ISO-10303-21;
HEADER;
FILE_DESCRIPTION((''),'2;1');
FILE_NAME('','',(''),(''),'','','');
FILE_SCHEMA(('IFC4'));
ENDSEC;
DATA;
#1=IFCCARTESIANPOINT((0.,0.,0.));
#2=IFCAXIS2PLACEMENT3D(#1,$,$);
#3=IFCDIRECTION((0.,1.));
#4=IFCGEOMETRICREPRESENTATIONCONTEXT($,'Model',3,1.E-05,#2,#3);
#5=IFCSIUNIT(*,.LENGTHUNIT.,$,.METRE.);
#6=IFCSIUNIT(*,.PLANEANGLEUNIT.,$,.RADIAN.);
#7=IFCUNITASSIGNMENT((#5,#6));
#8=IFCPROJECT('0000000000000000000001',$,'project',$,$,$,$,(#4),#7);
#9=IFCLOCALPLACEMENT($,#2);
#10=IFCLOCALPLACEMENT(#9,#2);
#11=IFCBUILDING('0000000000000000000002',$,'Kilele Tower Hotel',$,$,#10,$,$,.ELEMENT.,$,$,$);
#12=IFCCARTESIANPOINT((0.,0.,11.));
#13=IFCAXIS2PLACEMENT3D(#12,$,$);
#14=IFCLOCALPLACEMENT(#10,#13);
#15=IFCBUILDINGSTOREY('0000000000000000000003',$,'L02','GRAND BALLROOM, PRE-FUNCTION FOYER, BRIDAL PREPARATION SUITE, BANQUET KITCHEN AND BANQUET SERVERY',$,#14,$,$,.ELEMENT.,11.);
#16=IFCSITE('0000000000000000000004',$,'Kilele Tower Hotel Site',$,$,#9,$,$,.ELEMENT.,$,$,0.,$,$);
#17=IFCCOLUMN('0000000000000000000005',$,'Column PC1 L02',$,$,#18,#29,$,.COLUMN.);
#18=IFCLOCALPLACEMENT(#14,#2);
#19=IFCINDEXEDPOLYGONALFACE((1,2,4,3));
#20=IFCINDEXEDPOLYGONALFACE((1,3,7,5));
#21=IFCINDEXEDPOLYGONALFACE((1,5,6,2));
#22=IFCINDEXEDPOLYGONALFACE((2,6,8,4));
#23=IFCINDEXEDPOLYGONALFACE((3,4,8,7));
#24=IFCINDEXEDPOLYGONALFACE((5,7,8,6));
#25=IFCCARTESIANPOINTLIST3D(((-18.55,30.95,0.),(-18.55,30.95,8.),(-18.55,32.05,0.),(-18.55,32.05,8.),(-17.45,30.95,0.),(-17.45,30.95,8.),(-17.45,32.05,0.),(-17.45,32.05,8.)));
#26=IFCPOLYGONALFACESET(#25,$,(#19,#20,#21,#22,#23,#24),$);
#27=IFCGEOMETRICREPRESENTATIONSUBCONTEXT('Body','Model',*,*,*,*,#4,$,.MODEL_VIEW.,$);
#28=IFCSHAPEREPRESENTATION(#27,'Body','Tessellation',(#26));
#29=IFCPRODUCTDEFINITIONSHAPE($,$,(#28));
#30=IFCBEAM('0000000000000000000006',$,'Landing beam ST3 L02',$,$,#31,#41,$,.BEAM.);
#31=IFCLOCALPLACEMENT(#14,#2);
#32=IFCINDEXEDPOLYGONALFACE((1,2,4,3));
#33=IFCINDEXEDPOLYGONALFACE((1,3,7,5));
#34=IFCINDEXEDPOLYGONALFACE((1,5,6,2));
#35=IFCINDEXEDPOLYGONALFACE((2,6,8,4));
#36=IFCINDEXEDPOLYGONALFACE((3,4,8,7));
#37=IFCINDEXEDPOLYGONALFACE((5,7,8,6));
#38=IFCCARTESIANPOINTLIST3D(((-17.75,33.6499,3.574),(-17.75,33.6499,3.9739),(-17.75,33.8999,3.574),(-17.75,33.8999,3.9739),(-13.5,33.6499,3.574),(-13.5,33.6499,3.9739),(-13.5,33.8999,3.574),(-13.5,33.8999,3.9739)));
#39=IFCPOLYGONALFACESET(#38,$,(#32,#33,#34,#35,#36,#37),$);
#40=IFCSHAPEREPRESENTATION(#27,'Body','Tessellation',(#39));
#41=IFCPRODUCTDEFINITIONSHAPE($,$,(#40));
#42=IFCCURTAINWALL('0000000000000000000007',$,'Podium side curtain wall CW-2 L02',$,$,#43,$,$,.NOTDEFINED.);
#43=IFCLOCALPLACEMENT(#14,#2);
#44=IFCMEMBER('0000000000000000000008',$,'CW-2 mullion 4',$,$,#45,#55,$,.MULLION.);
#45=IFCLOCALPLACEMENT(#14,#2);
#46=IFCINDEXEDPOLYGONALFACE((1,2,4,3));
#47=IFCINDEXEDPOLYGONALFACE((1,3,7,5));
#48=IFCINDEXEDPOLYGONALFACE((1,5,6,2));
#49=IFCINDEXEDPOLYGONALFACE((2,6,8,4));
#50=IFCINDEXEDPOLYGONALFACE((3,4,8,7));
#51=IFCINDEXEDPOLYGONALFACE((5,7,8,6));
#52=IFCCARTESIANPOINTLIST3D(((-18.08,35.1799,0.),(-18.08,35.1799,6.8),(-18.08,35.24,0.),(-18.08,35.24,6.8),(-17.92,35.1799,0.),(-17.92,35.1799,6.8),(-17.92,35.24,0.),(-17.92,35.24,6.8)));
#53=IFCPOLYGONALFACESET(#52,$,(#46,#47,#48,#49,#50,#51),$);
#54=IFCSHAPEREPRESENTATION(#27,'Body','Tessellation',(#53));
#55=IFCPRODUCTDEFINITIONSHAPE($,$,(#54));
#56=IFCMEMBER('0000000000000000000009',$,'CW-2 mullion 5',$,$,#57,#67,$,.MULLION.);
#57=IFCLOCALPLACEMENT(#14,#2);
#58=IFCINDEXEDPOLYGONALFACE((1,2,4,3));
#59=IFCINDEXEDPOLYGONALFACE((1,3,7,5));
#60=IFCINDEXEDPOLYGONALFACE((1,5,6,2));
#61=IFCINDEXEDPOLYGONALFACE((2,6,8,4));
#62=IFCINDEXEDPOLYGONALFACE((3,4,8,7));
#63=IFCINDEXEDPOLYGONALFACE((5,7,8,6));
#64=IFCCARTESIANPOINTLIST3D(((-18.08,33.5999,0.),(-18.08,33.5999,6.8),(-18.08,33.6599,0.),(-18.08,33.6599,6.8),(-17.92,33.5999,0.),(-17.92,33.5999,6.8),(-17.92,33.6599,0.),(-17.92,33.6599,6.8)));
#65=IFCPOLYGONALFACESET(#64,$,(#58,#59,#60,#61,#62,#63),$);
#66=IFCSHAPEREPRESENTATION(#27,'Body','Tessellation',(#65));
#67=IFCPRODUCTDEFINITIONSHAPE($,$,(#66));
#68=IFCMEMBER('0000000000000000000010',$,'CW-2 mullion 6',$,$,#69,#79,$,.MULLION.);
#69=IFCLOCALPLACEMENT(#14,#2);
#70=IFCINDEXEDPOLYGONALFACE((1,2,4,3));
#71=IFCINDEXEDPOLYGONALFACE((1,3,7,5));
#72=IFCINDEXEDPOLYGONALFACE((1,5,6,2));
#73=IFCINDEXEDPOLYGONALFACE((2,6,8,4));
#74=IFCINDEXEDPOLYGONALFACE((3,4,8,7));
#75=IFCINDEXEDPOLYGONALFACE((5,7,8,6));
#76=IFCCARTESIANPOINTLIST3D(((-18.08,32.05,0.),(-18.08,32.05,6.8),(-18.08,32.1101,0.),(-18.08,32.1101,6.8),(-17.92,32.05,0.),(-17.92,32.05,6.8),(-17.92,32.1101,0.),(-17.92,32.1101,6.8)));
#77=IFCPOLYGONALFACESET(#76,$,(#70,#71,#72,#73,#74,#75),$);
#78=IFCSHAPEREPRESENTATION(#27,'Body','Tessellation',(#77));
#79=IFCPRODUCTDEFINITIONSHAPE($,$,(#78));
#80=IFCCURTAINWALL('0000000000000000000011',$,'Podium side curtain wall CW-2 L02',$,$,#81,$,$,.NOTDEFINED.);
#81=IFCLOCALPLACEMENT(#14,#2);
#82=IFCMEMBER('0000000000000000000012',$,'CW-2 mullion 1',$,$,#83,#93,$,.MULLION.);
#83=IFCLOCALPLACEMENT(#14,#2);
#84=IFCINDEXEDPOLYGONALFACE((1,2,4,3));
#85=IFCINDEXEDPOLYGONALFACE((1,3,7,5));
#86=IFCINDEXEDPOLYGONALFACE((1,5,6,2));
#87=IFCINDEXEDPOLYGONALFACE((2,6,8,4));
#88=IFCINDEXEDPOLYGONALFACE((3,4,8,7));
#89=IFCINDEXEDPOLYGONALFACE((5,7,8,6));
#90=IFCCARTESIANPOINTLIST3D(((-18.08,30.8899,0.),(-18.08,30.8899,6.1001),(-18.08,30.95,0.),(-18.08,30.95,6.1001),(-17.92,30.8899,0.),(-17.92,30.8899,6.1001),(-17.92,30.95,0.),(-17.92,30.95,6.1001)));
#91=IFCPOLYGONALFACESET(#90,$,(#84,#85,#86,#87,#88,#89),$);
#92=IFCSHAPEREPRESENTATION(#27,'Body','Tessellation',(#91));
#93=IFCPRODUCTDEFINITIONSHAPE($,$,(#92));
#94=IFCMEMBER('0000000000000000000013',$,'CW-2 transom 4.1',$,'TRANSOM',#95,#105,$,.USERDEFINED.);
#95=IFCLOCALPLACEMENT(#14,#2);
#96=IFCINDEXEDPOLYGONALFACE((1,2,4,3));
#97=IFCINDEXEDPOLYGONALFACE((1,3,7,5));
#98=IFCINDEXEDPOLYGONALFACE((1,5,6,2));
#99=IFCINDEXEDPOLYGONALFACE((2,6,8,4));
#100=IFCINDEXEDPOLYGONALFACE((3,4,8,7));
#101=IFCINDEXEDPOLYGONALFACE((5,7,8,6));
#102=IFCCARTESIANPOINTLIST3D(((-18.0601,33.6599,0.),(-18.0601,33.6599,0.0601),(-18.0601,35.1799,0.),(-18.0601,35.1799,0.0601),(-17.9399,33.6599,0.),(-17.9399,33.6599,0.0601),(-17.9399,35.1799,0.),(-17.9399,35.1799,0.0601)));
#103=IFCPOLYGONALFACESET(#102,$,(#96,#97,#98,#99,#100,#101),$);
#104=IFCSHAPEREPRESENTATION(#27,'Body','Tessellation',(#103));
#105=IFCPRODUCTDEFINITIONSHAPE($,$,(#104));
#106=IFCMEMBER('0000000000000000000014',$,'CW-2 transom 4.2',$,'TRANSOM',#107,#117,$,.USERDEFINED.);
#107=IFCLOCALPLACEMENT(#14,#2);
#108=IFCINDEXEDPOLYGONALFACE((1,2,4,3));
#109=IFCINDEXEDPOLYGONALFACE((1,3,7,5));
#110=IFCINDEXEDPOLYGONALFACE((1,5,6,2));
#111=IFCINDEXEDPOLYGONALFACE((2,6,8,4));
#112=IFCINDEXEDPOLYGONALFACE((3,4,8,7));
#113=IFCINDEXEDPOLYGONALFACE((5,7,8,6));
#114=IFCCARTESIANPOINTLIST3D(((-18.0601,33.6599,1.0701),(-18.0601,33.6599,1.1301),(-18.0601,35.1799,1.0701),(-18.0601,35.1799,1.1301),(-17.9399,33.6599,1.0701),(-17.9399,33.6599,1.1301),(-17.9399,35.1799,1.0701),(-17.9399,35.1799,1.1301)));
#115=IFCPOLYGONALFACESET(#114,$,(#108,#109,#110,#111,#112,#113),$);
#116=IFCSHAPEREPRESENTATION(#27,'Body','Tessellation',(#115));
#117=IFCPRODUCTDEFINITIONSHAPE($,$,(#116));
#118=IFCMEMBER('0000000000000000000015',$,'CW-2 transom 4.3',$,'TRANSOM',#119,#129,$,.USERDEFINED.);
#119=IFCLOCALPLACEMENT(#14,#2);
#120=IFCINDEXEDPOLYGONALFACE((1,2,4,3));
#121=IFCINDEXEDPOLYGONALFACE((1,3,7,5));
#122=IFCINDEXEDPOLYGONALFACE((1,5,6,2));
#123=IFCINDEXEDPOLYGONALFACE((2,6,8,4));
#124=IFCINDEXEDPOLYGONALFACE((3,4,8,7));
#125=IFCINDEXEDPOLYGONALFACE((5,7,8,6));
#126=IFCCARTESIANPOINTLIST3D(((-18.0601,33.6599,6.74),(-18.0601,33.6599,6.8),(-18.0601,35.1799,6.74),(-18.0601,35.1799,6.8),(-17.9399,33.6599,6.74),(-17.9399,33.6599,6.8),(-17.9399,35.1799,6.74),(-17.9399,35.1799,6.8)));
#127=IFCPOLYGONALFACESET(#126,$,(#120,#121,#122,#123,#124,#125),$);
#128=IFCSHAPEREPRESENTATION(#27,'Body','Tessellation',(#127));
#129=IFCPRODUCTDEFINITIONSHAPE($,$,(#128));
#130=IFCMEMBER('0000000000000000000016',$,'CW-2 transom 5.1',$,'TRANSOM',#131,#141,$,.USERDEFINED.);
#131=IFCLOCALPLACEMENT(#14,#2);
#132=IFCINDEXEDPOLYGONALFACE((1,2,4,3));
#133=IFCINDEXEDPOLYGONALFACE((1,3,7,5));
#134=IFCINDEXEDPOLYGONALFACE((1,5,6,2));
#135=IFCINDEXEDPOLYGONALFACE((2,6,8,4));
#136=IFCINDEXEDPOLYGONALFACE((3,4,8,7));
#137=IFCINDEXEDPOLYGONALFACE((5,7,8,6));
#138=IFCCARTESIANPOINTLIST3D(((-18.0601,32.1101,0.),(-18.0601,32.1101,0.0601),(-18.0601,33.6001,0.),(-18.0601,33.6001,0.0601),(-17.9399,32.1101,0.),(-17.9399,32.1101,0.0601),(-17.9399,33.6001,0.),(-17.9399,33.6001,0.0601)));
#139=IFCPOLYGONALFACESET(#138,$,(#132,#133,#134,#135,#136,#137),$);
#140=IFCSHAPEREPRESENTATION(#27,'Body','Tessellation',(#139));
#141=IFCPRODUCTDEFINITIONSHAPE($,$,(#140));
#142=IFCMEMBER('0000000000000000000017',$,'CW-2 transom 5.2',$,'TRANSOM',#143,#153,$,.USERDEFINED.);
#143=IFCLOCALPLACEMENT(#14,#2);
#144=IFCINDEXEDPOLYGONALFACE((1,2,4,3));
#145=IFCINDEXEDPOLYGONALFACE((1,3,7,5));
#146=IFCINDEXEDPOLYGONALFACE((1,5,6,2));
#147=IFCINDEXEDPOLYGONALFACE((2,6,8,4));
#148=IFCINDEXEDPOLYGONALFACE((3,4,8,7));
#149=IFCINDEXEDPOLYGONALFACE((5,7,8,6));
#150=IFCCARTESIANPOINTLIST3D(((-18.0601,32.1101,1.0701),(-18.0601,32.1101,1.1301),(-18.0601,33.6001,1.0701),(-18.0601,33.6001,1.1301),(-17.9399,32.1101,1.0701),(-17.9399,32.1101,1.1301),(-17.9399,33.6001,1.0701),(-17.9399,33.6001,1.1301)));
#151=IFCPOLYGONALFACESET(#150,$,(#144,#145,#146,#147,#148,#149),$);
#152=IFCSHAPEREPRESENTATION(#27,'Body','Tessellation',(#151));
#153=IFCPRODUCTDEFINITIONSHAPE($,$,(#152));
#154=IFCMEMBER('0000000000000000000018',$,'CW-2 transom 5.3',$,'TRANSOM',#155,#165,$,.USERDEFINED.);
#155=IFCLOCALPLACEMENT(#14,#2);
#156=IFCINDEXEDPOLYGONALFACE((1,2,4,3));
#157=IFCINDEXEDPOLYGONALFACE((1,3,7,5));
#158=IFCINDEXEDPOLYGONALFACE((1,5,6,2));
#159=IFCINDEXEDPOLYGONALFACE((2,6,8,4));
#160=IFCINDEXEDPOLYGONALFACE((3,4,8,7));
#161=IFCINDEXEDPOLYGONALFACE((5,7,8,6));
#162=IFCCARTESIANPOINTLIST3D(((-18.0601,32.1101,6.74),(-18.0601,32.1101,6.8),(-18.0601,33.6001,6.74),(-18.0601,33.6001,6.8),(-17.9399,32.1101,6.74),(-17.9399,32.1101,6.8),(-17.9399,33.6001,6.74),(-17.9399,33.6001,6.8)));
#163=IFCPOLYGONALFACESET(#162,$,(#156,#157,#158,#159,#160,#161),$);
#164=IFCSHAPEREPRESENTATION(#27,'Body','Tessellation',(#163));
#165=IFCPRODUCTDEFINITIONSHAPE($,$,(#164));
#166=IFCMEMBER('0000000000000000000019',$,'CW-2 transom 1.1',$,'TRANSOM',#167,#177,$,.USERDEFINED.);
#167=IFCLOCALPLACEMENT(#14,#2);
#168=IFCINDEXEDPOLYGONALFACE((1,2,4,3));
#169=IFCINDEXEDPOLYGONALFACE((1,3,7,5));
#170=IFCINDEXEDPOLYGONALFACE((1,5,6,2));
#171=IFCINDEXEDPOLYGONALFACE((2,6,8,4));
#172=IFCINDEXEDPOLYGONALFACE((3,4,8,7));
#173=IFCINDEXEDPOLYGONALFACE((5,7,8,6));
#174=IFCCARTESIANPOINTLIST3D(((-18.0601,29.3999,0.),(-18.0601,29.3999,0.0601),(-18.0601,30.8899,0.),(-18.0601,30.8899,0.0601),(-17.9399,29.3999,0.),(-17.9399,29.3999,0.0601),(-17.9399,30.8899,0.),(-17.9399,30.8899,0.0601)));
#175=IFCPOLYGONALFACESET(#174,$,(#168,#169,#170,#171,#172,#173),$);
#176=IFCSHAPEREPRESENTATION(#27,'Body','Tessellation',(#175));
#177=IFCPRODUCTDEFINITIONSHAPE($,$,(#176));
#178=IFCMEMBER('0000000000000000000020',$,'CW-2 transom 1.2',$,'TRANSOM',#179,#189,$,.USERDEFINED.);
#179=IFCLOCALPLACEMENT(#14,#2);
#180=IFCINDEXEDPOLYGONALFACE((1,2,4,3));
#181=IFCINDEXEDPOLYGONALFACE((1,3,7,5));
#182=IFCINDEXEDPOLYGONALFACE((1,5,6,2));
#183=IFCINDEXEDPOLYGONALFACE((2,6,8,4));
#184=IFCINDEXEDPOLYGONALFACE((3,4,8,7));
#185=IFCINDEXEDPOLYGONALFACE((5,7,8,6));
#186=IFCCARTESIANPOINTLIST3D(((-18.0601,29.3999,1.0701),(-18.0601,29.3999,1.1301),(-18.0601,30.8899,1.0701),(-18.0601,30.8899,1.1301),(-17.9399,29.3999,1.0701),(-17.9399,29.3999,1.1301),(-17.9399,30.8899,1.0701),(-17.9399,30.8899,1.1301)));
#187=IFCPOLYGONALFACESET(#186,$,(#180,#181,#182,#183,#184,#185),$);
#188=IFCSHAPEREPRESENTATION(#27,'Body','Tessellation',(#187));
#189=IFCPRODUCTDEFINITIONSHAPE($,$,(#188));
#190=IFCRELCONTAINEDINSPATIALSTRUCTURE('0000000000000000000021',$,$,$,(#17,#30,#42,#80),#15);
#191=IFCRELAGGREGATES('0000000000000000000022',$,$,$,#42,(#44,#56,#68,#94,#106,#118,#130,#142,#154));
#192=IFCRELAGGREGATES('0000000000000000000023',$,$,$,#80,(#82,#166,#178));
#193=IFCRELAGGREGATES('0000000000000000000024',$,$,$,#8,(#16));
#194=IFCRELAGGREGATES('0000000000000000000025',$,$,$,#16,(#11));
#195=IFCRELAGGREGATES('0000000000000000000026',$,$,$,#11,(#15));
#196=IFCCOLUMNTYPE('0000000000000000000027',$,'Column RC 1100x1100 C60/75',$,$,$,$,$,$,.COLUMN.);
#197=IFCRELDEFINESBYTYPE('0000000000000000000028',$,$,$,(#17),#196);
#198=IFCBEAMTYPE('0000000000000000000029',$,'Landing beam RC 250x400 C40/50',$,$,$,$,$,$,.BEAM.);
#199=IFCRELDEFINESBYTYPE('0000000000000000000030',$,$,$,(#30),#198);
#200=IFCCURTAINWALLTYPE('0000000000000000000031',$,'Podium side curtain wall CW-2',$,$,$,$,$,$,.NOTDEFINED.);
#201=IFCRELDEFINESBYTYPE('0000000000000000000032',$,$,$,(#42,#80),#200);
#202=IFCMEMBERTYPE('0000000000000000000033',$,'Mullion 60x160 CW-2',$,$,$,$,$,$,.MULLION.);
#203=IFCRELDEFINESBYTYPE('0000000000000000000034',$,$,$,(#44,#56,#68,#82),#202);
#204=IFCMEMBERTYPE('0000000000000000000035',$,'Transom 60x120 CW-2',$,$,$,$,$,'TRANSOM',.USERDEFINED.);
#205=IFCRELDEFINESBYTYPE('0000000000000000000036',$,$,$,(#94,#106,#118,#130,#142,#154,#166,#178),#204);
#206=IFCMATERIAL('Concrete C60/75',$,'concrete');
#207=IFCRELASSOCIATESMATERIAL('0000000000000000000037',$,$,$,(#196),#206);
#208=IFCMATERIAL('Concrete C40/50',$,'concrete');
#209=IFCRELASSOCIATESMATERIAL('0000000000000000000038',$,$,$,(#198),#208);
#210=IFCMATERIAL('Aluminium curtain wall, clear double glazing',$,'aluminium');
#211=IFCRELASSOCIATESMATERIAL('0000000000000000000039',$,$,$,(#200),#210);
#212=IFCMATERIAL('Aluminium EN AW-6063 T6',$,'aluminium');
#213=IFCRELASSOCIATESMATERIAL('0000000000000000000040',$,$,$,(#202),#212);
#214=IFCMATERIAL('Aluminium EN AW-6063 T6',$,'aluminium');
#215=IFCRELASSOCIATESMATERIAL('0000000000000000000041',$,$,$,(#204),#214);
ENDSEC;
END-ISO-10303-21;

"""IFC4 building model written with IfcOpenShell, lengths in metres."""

from ifc_helpers import new_model, si_unit, direction, frame, origin, origin_2d, place, context, subcontext, project, spatial, rectangle, extrude, material, material_profile, profile_set, type_object, element, aggregate, save


model = new_model("IFC4")

# Units and contexts
model_context = context("Model", 3, precision=1e-05, world=origin(), true_north=direction((0.0, 1.0)))
body_context = subcontext(model_context, "Body", "Model", "MODEL_VIEW")
ifc_project = project(units=[si_unit("LENGTHUNIT", "METRE"), si_unit("PLANEANGLEUNIT", "RADIAN")], contexts=[model_context])

# Site, building, storey
site_placement = place(None, origin())
site = spatial("IfcSite", under=ifc_project, at=site_placement, Name="Kilele Tower Hotel Site", CompositionType="ELEMENT", RefElevation=0.0)
building_placement = place(site_placement, origin())
building = spatial("IfcBuilding", under=site, at=building_placement, Name="Kilele Tower Hotel", CompositionType="ELEMENT")
storey_placement = place(building_placement, frame((0.0, 0.0, 11.0)))
storey = spatial("IfcBuildingStorey", under=building, at=storey_placement, Name="L02", Description="GRAND BALLROOM, PRE-FUNCTION FOYER, BRIDAL PREPARATION SUITE, BANQUET KITCHEN AND BANQUET SERVERY", CompositionType="ELEMENT", Elevation=11.0)

# Column
ifc_material_1 = material(Name="Concrete C60/75", Category="concrete")
ifc_material_profile_1 = material_profile(ifc_material_1, rectangle(XDim=1.1001, YDim=1.1001, at=origin_2d()))
ifc_profile_set_1 = profile_set([ifc_material_profile_1], Name="Concrete C60/75")
column_type = type_object("IfcColumnType", Name="Column RC 1100x1100 C60/75", PredefinedType="COLUMN", material=ifc_profile_set_1)
column_placement = place(storey_placement, frame((-18.0, 31.5, 0.0), z_axis=(0.0, 0.0, 1.0), x_axis=(1.0, 0.0, 0.0)))
element("IfcColumn", 1, at=column_placement, inside=storey, type_object=column_type, Name="Column PC1 L02", PredefinedType="COLUMN", context=body_context, shape_type="SweptSolid", body=[
    extrude(rectangle(XDim=1.1001, YDim=1.1001, at=origin_2d()), origin(), (0.0, 0.0, 1.0), 8.0),
])

# Beam
ifc_material_2 = material(Name="Concrete C40/50", Category="concrete")
ifc_material_profile_2 = material_profile(ifc_material_2, rectangle(XDim=0.25, YDim=0.3999, at=origin_2d()))
ifc_profile_set_2 = profile_set([ifc_material_profile_2], Name="Concrete C40/50")
beam_type = type_object("IfcBeamType", Name="Landing beam RC 250x400 C40/50", PredefinedType="BEAM", material=ifc_profile_set_2)
beam_placement = place(storey_placement, frame((-17.75, 33.7749, 3.7739), z_axis=(1.0, 0.0, 0.0), x_axis=(0.0, 1.0, 0.0)))
element("IfcBeam", 2, at=beam_placement, inside=storey, type_object=beam_type, Name="Landing beam ST3 L02", PredefinedType="BEAM", context=body_context, shape_type="SweptSolid", body=[
    extrude(rectangle(XDim=0.25, YDim=0.3999, at=origin_2d()), origin(), (0.0, 0.0, 1.0), 4.25),
])

# Curtain wall, members
ifc_material_3 = material(Name="Aluminium curtain wall, clear double glazing", Category="aluminium")
curtain_wall_type = type_object("IfcCurtainWallType", Name="Podium side curtain wall CW-2", PredefinedType="NOTDEFINED", material=ifc_material_3)
curtain_wall_1_placement = place(storey_placement, origin())
curtain_wall_1 = element("IfcCurtainWall", 3, at=curtain_wall_1_placement, inside=storey, type_object=curtain_wall_type, Name="Podium side curtain wall CW-2 L02", PredefinedType="NOTDEFINED")
ifc_material_4 = material(Name="Aluminium EN AW-6063 T6", Category="aluminium")
ifc_material_profile_3 = material_profile(ifc_material_4, rectangle(XDim=0.1599, YDim=0.0601, at=origin_2d()))
ifc_profile_set_3 = profile_set([ifc_material_profile_3], Name="Aluminium EN AW-6063 T6")
member_type_1 = type_object("IfcMemberType", Name="Mullion 60x160 CW-2", PredefinedType="MULLION", material=ifc_profile_set_3)
member_1_placement = place(storey_placement, frame((-18.0, 35.21, 0.0), z_axis=(0.0, 0.0, 1.0), x_axis=(1.0, 0.0, 0.0)))
member_1 = element("IfcMember", 4, at=member_1_placement, type_object=member_type_1, Name="CW-2 mullion 4", PredefinedType="MULLION", context=body_context, shape_type="SweptSolid", body=[
    extrude(rectangle(XDim=0.1599, YDim=0.0601, at=origin_2d()), origin(), (0.0, 0.0, 1.0), 6.8),
])
member_2_placement = place(storey_placement, frame((-18.0, 33.6299, 0.0), z_axis=(0.0, 0.0, 1.0), x_axis=(1.0, 0.0, 0.0)))
member_2 = element("IfcMember", 5, at=member_2_placement, type_object=member_type_1, Name="CW-2 mullion 5", PredefinedType="MULLION", context=body_context, shape_type="SweptSolid", body=[
    extrude(rectangle(XDim=0.1599, YDim=0.0601, at=origin_2d()), origin(), (0.0, 0.0, 1.0), 6.8),
])
member_3_placement = place(storey_placement, frame((-18.0, 32.0801, 0.0), z_axis=(0.0, 0.0, 1.0), x_axis=(1.0, 0.0, 0.0)))
member_3 = element("IfcMember", 6, at=member_3_placement, type_object=member_type_1, Name="CW-2 mullion 6", PredefinedType="MULLION", context=body_context, shape_type="SweptSolid", body=[
    extrude(rectangle(XDim=0.1599, YDim=0.0601, at=origin_2d()), origin(), (0.0, 0.0, 1.0), 6.8),
])

# Curtain wall, member
curtain_wall_2_placement = place(storey_placement, origin())
curtain_wall_2 = element("IfcCurtainWall", 7, at=curtain_wall_2_placement, inside=storey, type_object=curtain_wall_type, Name="Podium side curtain wall CW-2 L02", PredefinedType="NOTDEFINED")
member_4_placement = place(storey_placement, frame((-18.0, 30.9199, 0.0), z_axis=(0.0, 0.0, 1.0), x_axis=(1.0, 0.0, 0.0)))
member_4 = element("IfcMember", 8, at=member_4_placement, type_object=member_type_1, Name="CW-2 mullion 1", PredefinedType="MULLION", context=body_context, shape_type="SweptSolid", body=[
    extrude(rectangle(XDim=0.1599, YDim=0.0601, at=origin_2d()), origin(), (0.0, 0.0, 1.0), 6.1001),
])

# Members
ifc_material_5 = material(Name="Aluminium EN AW-6063 T6", Category="aluminium")
ifc_material_profile_4 = material_profile(ifc_material_5, rectangle(XDim=0.1201, YDim=0.0601, at=origin_2d()))
ifc_profile_set_4 = profile_set([ifc_material_profile_4], Name="Aluminium EN AW-6063 T6")
member_type_2 = type_object("IfcMemberType", Name="Transom 60x120 CW-2", ElementType="TRANSOM", PredefinedType="USERDEFINED", material=ifc_profile_set_4)
member_5_placement = place(storey_placement, frame((-18.0, 35.1799, 0.03), z_axis=(0.0, -1.0, 0.0), x_axis=(1.0, 0.0, 0.0)))
member_5 = element("IfcMember", 9, at=member_5_placement, type_object=member_type_2, Name="CW-2 transom 4.1", ObjectType="TRANSOM", PredefinedType="USERDEFINED", context=body_context, shape_type="SweptSolid", body=[
    extrude(rectangle(XDim=0.1201, YDim=0.0601, at=origin_2d()), origin(), (0.0, 0.0, 1.0), 1.52),
])
member_6_placement = place(storey_placement, frame((-18.0, 35.1799, 1.1001), z_axis=(0.0, -1.0, 0.0), x_axis=(1.0, 0.0, 0.0)))
member_6 = element("IfcMember", 10, at=member_6_placement, type_object=member_type_2, Name="CW-2 transom 4.2", ObjectType="TRANSOM", PredefinedType="USERDEFINED", context=body_context, shape_type="SweptSolid", body=[
    extrude(rectangle(XDim=0.1201, YDim=0.0601, at=origin_2d()), origin(), (0.0, 0.0, 1.0), 1.52),
])
member_7_placement = place(storey_placement, frame((-18.0, 35.1799, 6.77), z_axis=(0.0, -1.0, 0.0), x_axis=(1.0, 0.0, 0.0)))
member_7 = element("IfcMember", 11, at=member_7_placement, type_object=member_type_2, Name="CW-2 transom 4.3", ObjectType="TRANSOM", PredefinedType="USERDEFINED", context=body_context, shape_type="SweptSolid", body=[
    extrude(rectangle(XDim=0.1201, YDim=0.0601, at=origin_2d()), origin(), (0.0, 0.0, 1.0), 1.52),
])
member_8_placement = place(storey_placement, frame((-18.0, 33.6001, 0.03), z_axis=(0.0, -1.0, 0.0), x_axis=(1.0, 0.0, 0.0)))
member_8 = element("IfcMember", 12, at=member_8_placement, type_object=member_type_2, Name="CW-2 transom 5.1", ObjectType="TRANSOM", PredefinedType="USERDEFINED", context=body_context, shape_type="SweptSolid", body=[
    extrude(rectangle(XDim=0.1201, YDim=0.0601, at=origin_2d()), origin(), (0.0, 0.0, 1.0), 1.49),
])
member_9_placement = place(storey_placement, frame((-18.0, 33.6001, 1.1001), z_axis=(0.0, -1.0, 0.0), x_axis=(1.0, 0.0, 0.0)))
member_9 = element("IfcMember", 13, at=member_9_placement, type_object=member_type_2, Name="CW-2 transom 5.2", ObjectType="TRANSOM", PredefinedType="USERDEFINED", context=body_context, shape_type="SweptSolid", body=[
    extrude(rectangle(XDim=0.1201, YDim=0.0601, at=origin_2d()), origin(), (0.0, 0.0, 1.0), 1.49),
])
member_10_placement = place(storey_placement, frame((-18.0, 33.6001, 6.77), z_axis=(0.0, -1.0, 0.0), x_axis=(1.0, 0.0, 0.0)))
member_10 = element("IfcMember", 14, at=member_10_placement, type_object=member_type_2, Name="CW-2 transom 5.3", ObjectType="TRANSOM", PredefinedType="USERDEFINED", context=body_context, shape_type="SweptSolid", body=[
    extrude(rectangle(XDim=0.1201, YDim=0.0601, at=origin_2d()), origin(), (0.0, 0.0, 1.0), 1.49),
])
member_11_placement = place(storey_placement, frame((-18.0, 30.8899, 0.03), z_axis=(0.0, -1.0, 0.0), x_axis=(1.0, 0.0, 0.0)))
member_11 = element("IfcMember", 15, at=member_11_placement, type_object=member_type_2, Name="CW-2 transom 1.1", ObjectType="TRANSOM", PredefinedType="USERDEFINED", context=body_context, shape_type="SweptSolid", body=[
    extrude(rectangle(XDim=0.1201, YDim=0.0601, at=origin_2d()), origin(), (0.0, 0.0, 1.0), 1.49),
])
member_12_placement = place(storey_placement, frame((-18.0, 30.8899, 1.1001), z_axis=(0.0, -1.0, 0.0), x_axis=(1.0, 0.0, 0.0)))
member_12 = element("IfcMember", 16, at=member_12_placement, type_object=member_type_2, Name="CW-2 transom 1.2", ObjectType="TRANSOM", PredefinedType="USERDEFINED", context=body_context, shape_type="SweptSolid", body=[
    extrude(rectangle(XDim=0.1201, YDim=0.0601, at=origin_2d()), origin(), (0.0, 0.0, 1.0), 1.49),
])

aggregate(curtain_wall_1, [member_1, member_2, member_3, member_5, member_6, member_7, member_8, member_9, member_10])
aggregate(curtain_wall_2, [member_4, member_11, member_12])

save(model, "model.ifc")
